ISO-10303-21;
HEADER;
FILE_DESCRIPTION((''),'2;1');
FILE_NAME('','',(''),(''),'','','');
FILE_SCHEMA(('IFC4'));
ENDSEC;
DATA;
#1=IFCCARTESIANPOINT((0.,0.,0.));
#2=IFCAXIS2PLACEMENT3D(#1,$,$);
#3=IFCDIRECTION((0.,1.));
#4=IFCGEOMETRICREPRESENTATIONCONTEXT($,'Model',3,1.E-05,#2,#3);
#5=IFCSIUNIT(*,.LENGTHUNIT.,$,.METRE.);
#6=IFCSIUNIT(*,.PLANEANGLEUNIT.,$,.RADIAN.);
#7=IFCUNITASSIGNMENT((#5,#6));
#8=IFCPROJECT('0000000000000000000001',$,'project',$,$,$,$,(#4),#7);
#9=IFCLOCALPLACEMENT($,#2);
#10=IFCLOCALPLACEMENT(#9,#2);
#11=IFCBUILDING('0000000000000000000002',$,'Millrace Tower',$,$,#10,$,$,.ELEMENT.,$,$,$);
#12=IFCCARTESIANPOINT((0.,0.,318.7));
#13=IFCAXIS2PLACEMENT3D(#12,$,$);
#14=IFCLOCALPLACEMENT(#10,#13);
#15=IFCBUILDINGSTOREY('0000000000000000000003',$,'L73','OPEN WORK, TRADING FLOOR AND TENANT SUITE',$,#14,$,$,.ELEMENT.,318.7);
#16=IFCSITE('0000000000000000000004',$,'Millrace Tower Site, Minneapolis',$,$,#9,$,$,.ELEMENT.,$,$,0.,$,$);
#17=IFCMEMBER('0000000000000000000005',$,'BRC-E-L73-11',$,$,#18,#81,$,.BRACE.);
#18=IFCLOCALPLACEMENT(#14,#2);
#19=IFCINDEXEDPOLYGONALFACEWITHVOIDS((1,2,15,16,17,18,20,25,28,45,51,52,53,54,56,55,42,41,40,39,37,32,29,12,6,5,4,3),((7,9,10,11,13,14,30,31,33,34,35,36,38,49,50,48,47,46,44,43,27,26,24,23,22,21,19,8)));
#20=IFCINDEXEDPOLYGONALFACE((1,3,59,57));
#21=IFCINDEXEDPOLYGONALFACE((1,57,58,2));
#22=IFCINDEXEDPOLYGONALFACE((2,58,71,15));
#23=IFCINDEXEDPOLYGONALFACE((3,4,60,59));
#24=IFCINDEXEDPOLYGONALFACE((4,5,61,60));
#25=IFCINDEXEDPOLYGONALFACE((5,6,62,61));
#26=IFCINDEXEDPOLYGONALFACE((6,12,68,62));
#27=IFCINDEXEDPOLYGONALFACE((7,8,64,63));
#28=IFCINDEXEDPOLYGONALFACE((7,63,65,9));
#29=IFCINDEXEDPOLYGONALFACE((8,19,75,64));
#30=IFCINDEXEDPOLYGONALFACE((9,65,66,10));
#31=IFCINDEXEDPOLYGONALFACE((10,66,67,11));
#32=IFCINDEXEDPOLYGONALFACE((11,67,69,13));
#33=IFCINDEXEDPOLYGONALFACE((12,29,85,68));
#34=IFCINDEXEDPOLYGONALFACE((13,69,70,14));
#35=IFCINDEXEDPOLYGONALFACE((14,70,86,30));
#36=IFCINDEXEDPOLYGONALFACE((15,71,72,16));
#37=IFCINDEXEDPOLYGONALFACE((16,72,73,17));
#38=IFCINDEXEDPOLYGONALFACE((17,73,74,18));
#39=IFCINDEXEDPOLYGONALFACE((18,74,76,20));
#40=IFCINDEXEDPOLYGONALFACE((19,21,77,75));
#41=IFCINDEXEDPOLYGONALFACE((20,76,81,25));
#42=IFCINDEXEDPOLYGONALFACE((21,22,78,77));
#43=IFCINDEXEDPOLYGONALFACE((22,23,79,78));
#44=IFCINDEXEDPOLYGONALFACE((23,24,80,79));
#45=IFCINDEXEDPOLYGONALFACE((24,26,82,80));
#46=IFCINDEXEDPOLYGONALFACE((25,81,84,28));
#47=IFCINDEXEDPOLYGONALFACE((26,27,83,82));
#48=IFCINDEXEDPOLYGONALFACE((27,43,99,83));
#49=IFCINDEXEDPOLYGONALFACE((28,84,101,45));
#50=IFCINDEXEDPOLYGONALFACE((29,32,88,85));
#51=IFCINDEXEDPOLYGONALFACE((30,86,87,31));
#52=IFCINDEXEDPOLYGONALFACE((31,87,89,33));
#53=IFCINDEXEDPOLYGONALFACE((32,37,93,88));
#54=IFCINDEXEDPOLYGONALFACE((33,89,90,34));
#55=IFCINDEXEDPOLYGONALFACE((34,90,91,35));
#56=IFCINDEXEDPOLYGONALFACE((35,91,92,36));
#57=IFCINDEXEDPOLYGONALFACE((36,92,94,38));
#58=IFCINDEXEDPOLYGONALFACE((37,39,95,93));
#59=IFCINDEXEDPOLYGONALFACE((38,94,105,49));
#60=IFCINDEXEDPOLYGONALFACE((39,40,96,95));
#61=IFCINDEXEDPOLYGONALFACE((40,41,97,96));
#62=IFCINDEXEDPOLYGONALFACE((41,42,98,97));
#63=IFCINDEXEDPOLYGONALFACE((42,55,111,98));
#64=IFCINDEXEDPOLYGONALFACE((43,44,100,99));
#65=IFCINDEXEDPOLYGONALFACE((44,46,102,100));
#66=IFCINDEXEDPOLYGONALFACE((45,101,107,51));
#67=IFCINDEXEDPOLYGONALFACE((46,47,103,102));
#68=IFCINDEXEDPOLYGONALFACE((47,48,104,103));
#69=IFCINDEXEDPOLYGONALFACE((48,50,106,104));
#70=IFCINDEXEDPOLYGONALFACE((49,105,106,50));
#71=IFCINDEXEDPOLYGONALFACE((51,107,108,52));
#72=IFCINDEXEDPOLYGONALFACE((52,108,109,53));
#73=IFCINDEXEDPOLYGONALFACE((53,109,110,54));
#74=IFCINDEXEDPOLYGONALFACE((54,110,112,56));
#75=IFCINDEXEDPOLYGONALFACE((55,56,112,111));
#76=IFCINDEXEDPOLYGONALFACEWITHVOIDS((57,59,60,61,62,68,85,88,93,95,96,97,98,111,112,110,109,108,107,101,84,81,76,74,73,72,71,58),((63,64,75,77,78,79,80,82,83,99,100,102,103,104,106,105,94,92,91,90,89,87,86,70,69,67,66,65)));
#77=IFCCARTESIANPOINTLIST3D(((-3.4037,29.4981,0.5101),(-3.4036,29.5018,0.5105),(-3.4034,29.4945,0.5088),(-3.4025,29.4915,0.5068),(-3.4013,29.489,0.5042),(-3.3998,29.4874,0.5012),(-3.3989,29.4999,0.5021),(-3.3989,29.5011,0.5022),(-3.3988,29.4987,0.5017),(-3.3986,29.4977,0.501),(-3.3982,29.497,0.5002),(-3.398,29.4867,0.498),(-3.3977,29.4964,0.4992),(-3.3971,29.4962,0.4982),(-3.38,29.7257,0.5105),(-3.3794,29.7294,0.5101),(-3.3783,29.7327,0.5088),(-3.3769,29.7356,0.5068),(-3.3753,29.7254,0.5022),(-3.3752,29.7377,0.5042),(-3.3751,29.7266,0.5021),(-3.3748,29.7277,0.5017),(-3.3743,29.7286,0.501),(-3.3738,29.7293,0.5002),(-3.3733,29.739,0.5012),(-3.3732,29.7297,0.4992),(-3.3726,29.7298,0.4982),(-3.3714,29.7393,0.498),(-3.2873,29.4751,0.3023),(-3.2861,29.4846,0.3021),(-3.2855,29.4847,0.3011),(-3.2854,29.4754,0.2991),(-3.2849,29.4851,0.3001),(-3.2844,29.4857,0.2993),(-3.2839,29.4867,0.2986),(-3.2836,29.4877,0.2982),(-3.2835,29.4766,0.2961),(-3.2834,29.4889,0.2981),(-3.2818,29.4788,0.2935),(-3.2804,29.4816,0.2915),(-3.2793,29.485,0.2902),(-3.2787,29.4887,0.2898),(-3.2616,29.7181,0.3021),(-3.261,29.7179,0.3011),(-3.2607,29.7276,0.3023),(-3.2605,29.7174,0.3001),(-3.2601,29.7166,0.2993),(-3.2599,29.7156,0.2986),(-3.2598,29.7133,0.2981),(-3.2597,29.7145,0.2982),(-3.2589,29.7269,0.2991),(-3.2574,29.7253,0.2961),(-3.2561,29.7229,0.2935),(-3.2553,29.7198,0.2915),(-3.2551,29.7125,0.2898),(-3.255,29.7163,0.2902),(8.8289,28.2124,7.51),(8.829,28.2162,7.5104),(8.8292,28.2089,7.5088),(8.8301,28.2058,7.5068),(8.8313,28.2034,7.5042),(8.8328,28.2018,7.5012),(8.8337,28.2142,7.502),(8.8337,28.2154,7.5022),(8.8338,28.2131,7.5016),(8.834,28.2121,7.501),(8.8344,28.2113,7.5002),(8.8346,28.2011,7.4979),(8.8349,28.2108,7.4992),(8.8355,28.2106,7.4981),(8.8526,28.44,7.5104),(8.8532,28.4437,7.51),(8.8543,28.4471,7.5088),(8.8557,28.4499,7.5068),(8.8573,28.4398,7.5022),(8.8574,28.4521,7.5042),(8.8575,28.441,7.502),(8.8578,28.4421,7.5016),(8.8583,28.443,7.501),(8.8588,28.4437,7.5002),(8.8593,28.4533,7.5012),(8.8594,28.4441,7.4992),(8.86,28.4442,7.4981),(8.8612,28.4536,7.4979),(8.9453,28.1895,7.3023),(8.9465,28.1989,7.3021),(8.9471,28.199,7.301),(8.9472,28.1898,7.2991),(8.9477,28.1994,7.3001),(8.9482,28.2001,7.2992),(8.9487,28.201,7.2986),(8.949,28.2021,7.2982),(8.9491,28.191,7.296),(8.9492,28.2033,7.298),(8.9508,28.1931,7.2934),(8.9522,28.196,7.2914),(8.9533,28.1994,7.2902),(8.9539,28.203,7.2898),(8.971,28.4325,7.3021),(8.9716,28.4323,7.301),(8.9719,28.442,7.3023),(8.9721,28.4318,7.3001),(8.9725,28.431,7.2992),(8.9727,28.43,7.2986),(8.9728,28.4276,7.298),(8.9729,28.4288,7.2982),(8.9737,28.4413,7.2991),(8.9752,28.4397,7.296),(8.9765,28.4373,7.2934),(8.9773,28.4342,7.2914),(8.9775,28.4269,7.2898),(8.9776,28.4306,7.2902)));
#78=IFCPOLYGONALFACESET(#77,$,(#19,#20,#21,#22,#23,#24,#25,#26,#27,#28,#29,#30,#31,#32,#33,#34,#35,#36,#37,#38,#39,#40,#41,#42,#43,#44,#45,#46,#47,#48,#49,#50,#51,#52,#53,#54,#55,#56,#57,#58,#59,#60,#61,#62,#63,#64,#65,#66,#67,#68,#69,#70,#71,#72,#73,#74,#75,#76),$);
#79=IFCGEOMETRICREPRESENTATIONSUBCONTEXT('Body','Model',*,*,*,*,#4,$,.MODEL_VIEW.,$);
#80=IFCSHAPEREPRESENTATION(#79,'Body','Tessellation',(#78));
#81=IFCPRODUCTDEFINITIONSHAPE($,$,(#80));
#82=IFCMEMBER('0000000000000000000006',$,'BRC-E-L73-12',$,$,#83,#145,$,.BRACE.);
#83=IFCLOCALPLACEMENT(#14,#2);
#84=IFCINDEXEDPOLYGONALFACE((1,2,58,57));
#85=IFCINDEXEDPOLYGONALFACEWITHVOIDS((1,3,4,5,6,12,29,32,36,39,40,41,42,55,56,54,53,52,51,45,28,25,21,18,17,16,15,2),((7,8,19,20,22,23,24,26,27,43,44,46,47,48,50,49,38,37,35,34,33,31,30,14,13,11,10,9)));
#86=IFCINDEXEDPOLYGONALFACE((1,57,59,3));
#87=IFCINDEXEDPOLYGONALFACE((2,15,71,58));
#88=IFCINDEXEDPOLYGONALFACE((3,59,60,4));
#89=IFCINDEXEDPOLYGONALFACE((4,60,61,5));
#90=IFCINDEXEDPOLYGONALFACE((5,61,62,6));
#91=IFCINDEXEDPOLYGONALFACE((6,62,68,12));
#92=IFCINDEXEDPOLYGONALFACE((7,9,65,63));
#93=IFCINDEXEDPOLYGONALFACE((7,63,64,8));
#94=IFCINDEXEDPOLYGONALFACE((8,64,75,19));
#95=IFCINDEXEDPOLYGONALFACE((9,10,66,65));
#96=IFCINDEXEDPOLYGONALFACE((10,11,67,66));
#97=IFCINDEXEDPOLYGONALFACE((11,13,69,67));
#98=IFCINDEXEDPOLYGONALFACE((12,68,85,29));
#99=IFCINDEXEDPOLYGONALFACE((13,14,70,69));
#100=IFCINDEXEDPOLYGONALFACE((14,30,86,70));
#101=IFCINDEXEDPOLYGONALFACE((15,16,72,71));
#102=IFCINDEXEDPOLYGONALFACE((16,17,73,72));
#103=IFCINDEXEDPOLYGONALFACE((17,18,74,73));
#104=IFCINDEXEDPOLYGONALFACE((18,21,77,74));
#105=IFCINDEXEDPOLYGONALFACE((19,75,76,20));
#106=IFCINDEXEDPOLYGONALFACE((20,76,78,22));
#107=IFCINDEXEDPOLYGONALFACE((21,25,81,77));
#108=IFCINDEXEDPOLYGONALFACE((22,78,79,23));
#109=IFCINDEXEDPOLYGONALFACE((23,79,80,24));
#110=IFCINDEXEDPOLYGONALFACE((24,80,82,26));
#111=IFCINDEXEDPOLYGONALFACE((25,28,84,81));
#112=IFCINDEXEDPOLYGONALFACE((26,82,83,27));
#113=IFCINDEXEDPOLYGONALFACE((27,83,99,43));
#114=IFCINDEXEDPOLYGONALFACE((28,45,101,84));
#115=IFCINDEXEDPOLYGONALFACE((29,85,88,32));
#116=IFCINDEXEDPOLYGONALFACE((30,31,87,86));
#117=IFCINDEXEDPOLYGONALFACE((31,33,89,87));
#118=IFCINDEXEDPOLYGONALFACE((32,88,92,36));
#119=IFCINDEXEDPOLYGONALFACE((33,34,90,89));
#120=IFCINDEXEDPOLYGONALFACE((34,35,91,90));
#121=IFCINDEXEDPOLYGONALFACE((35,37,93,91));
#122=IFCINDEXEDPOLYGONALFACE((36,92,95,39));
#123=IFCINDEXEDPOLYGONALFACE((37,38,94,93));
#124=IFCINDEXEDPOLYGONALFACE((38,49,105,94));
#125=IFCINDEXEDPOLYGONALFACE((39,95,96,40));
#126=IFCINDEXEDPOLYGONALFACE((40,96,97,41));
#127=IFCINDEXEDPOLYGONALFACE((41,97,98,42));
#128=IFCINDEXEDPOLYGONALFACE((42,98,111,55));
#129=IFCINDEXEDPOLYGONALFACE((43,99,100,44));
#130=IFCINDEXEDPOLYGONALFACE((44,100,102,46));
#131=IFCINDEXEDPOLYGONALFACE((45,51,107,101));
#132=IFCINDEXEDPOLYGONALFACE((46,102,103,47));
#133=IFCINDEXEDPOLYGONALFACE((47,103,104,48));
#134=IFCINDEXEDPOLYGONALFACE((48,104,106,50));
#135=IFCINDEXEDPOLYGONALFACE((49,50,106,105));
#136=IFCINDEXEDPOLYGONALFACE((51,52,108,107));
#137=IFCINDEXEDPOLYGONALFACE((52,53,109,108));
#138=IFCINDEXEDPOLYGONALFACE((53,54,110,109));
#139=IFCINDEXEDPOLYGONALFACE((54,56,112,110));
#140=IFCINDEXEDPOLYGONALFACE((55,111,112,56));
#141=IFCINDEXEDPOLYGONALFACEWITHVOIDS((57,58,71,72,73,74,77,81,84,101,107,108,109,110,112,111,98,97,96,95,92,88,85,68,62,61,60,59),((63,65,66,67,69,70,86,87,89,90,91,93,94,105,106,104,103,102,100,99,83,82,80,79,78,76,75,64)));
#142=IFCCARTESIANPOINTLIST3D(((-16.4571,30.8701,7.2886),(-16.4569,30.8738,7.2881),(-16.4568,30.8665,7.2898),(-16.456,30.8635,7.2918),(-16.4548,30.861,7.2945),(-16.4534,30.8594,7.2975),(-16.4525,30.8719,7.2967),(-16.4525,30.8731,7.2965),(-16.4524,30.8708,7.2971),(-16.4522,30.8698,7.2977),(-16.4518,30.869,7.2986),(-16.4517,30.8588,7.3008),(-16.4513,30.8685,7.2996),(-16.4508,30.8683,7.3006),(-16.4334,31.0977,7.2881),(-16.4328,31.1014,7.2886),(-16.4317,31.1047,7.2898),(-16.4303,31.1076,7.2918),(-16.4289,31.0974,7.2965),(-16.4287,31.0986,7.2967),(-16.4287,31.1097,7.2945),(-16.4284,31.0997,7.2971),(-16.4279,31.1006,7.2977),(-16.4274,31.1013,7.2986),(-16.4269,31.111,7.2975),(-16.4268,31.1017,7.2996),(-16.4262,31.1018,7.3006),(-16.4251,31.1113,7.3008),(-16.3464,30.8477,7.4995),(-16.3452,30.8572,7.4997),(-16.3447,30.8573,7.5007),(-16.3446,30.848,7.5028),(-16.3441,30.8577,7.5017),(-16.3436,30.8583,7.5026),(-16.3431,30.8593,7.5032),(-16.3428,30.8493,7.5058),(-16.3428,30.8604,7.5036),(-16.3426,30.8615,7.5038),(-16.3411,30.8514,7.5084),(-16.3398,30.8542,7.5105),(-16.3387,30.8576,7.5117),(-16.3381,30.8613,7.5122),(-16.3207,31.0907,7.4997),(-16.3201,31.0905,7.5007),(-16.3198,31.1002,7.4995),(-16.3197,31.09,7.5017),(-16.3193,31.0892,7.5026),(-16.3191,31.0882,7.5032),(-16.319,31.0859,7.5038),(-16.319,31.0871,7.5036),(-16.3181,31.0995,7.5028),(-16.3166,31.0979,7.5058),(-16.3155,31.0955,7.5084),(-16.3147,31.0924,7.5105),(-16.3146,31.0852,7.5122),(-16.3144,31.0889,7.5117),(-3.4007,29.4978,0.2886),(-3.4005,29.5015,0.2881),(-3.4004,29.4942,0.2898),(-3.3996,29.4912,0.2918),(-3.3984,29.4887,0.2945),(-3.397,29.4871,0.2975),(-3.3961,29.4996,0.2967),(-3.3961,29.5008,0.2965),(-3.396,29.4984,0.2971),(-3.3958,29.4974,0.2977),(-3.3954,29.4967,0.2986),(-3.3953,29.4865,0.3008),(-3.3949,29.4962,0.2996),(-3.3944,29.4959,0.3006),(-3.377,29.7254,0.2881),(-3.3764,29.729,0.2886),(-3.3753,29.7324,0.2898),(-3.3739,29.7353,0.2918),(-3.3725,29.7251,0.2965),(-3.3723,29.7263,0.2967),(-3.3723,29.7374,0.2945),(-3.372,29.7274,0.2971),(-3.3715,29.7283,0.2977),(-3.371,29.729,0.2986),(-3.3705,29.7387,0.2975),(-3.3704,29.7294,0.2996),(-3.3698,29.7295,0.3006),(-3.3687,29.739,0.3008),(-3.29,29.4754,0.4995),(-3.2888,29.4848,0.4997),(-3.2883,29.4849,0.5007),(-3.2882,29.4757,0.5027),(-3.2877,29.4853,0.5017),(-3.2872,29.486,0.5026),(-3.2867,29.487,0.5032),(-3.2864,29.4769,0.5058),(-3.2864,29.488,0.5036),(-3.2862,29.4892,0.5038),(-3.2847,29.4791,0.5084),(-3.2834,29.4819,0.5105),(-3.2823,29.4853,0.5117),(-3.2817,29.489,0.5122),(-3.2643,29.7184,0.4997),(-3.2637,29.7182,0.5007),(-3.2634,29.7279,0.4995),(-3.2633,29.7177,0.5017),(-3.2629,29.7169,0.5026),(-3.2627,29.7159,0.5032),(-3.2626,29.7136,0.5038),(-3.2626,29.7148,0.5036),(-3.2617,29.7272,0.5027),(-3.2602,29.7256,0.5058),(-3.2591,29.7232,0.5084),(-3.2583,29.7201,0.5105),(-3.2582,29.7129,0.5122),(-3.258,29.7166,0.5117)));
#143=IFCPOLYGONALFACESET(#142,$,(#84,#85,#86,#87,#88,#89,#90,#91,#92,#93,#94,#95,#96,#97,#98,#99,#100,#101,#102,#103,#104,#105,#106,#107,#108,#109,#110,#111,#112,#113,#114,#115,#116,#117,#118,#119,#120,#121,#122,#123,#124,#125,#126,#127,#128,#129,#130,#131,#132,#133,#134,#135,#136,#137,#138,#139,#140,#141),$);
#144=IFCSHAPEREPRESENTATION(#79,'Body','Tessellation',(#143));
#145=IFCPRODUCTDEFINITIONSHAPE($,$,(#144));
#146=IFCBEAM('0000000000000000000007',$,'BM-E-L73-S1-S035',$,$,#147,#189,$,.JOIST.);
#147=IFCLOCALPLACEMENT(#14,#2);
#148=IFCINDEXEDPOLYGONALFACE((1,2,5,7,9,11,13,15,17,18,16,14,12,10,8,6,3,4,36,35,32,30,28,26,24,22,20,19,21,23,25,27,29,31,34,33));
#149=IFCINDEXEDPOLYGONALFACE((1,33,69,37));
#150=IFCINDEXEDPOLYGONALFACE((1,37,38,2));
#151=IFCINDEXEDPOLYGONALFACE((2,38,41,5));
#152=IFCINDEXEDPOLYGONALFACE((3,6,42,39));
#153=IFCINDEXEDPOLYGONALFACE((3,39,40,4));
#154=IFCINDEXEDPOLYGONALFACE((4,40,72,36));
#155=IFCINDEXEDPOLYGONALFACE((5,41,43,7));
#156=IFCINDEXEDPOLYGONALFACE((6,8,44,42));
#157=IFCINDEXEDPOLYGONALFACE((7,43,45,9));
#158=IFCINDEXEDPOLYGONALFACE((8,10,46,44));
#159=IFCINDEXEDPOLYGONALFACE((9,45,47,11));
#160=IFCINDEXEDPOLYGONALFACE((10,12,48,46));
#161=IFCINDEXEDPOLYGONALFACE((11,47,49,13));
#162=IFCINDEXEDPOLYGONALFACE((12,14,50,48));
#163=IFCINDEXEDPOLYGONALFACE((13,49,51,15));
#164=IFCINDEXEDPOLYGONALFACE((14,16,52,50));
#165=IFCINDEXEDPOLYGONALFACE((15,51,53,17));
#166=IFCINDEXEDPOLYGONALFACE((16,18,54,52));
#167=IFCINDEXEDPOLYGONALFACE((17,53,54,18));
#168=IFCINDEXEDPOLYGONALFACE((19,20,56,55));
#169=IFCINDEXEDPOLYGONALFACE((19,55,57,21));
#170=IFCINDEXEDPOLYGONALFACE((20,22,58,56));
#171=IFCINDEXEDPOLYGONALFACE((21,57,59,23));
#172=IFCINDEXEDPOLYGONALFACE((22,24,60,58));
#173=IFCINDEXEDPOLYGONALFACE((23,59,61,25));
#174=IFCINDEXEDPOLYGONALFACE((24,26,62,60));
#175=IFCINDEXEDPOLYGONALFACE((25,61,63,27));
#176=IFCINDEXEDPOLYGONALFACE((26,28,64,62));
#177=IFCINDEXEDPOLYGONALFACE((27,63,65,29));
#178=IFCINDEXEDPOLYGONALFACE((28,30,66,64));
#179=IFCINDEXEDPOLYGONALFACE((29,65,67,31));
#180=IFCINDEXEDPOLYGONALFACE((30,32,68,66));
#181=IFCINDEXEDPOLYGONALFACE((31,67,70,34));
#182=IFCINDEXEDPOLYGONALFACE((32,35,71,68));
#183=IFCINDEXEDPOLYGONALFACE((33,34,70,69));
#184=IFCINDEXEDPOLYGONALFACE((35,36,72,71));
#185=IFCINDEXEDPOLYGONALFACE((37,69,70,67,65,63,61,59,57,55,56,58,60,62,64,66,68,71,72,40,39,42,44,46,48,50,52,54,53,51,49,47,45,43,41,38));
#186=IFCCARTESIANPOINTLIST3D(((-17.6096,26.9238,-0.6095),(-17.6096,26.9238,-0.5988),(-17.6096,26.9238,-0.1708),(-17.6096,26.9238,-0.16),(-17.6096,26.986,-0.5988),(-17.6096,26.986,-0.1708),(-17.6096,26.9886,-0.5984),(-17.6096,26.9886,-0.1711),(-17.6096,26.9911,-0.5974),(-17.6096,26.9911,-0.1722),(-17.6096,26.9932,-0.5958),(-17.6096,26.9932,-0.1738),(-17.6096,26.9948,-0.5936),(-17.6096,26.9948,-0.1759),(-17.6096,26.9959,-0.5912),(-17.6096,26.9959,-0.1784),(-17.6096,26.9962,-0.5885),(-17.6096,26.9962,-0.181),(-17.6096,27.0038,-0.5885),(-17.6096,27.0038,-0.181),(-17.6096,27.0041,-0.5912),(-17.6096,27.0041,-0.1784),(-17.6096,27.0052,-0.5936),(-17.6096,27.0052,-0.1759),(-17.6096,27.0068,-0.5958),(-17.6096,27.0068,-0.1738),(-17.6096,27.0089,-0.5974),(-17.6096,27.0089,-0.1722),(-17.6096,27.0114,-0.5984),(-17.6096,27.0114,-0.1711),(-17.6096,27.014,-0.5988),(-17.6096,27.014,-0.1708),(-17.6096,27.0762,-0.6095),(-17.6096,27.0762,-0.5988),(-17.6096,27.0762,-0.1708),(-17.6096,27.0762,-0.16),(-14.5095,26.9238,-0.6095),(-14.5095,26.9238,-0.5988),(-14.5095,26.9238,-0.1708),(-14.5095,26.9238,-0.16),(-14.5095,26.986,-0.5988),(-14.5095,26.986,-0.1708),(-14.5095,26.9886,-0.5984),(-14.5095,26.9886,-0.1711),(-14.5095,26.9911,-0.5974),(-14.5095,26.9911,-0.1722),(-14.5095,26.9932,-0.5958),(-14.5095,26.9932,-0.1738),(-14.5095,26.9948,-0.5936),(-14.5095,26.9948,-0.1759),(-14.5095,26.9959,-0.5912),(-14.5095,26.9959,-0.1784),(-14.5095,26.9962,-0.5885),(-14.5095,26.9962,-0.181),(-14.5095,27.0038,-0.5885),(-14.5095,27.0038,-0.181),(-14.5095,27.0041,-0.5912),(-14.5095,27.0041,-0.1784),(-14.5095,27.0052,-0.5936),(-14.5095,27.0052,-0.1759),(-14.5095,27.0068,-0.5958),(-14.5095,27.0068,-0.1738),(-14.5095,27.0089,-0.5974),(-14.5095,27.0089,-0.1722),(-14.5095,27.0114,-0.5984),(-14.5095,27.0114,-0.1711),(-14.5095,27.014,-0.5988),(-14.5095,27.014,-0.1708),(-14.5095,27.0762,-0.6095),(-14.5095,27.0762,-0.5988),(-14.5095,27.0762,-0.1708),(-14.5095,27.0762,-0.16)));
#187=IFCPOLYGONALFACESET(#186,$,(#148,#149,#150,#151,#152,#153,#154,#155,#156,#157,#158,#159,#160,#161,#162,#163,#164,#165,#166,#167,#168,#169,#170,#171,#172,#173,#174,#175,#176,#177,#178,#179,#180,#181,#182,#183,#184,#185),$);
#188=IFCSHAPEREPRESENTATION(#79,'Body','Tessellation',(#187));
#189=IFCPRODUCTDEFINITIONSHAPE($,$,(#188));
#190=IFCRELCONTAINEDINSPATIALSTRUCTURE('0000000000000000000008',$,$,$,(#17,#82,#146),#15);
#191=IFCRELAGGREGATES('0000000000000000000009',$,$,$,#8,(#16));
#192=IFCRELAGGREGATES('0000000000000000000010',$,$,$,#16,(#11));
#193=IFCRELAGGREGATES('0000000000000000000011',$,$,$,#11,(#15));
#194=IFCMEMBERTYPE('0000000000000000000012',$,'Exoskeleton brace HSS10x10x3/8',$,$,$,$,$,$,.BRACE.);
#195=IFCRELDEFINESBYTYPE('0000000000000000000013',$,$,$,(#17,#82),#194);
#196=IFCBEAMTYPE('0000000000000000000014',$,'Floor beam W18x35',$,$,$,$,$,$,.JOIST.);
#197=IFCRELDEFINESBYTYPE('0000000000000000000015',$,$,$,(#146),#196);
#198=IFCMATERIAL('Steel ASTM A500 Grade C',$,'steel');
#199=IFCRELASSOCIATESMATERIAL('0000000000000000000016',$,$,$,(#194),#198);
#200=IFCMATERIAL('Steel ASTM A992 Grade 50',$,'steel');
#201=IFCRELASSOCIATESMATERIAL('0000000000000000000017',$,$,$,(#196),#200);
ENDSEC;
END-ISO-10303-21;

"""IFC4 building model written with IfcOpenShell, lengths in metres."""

from ifc_helpers import new_model, si_unit, direction, frame, origin, origin_2d, place, context, subcontext, project, spatial, hollow_rectangle, i_section, extrude, material, material_profile, profile_set, type_object, element, save


model = new_model("IFC4")

# Units and contexts
model_context = context("Model", 3, precision=1e-05, world=origin(), true_north=direction((0.0, 1.0)))
body_context = subcontext(model_context, "Body", "Model", "MODEL_VIEW")
ifc_project = project(units=[si_unit("LENGTHUNIT", "METRE"), si_unit("PLANEANGLEUNIT", "RADIAN")], contexts=[model_context])

# Site, building, storey
site_placement = place(None, origin())
site = spatial("IfcSite", under=ifc_project, at=site_placement, Name="Millrace Tower Site, Minneapolis", CompositionType="ELEMENT", RefElevation=0.0)
building_placement = place(site_placement, origin())
building = spatial("IfcBuilding", under=site, at=building_placement, Name="Millrace Tower", CompositionType="ELEMENT")
storey_placement = place(building_placement, frame((0.0, 0.0, 318.7)))
storey = spatial("IfcBuildingStorey", under=building, at=storey_placement, Name="L73", Description="OPEN WORK, TRADING FLOOR AND TENANT SUITE", CompositionType="ELEMENT", Elevation=318.7)

# Members
ifc_material_1 = material(Name="Steel ASTM A500 Grade C", Category="steel")
ifc_material_profile_1 = material_profile(ifc_material_1, hollow_rectangle(XDim=0.2539, YDim=0.2539, WallThickness=0.0095, InnerFilletRadius=0.0046, OuterFilletRadius=0.0144, at=origin_2d()))
ifc_profile_set_1 = profile_set([ifc_material_profile_1], Name="Steel ASTM A500 Grade C")
member_type_1 = type_object("IfcMemberType", Name="Exoskeleton brace HSS10x10x3/8", PredefinedType="BRACE", material=ifc_profile_set_1)
member_1_placement = place(storey_placement, frame((-3.3293, 29.6072, 0.4001), z_axis=(0.864352, -0.090843, 0.494615), x_axis=(0.104524, 0.994522, 0.0)))
element("IfcMember", 1, at=member_1_placement, inside=storey, type_object=member_type_1, Name="BRC-E-L73-11", PredefinedType="BRACE", context=body_context, shape_type="SweptSolid", body=[
    extrude(hollow_rectangle(XDim=0.2539, YDim=0.2539, WallThickness=0.0095, InnerFilletRadius=0.0046, OuterFilletRadius=0.0144, at=origin_2d()), origin(), (0.0, 0.0, 1.0), 14.1523),
])
member_2_placement = place(storey_placement, frame((-3.3293, 29.6072, 0.4001), z_axis=(-0.877568, 0.092238, 0.470496), x_axis=(-0.104531, -0.994522, 0.0)))
element("IfcMember", 2, at=member_2_placement, inside=storey, type_object=member_type_1, Name="BRC-E-L73-12", PredefinedType="BRACE", context=body_context, shape_type="SweptSolid", body=[
    extrude(hollow_rectangle(XDim=0.2539, YDim=0.2539, WallThickness=0.0095, InnerFilletRadius=0.0046, OuterFilletRadius=0.0144, at=origin_2d()), origin(), (0.0, 0.0, 1.0), 14.8779),
])

# Beam
ifc_material_2 = material(Name="Steel ASTM A992 Grade 50", Category="steel")
ifc_material_profile_2 = material_profile(ifc_material_2, i_section(OverallWidth=0.1523, OverallDepth=0.4495, WebThickness=0.0076, FlangeThickness=0.0107, FilletRadius=0.0103, at=origin_2d()))
ifc_profile_set_2 = profile_set([ifc_material_profile_2], Name="Steel ASTM A992 Grade 50")
beam_type_1 = type_object("IfcBeamType", Name="Floor beam W18x35", PredefinedType="JOIST", material=ifc_profile_set_2)
beam_1_placement = place(storey_placement, frame((-17.6096, 27.0, -0.3848), z_axis=(1.0, 0.0, 0.0), x_axis=(0.0, 1.0, 0.0)))
element("IfcBeam", 3, at=beam_1_placement, inside=storey, type_object=beam_type_1, Name="BM-E-L73-S1-S035", PredefinedType="JOIST", context=body_context, shape_type="SweptSolid", body=[
    extrude(i_section(OverallWidth=0.1523, OverallDepth=0.4495, WebThickness=0.0076, FlangeThickness=0.0107, FilletRadius=0.0103, at=origin_2d()), origin(), (0.0, 0.0, 1.0), 3.1001),
])

save(model, "model.ifc")
